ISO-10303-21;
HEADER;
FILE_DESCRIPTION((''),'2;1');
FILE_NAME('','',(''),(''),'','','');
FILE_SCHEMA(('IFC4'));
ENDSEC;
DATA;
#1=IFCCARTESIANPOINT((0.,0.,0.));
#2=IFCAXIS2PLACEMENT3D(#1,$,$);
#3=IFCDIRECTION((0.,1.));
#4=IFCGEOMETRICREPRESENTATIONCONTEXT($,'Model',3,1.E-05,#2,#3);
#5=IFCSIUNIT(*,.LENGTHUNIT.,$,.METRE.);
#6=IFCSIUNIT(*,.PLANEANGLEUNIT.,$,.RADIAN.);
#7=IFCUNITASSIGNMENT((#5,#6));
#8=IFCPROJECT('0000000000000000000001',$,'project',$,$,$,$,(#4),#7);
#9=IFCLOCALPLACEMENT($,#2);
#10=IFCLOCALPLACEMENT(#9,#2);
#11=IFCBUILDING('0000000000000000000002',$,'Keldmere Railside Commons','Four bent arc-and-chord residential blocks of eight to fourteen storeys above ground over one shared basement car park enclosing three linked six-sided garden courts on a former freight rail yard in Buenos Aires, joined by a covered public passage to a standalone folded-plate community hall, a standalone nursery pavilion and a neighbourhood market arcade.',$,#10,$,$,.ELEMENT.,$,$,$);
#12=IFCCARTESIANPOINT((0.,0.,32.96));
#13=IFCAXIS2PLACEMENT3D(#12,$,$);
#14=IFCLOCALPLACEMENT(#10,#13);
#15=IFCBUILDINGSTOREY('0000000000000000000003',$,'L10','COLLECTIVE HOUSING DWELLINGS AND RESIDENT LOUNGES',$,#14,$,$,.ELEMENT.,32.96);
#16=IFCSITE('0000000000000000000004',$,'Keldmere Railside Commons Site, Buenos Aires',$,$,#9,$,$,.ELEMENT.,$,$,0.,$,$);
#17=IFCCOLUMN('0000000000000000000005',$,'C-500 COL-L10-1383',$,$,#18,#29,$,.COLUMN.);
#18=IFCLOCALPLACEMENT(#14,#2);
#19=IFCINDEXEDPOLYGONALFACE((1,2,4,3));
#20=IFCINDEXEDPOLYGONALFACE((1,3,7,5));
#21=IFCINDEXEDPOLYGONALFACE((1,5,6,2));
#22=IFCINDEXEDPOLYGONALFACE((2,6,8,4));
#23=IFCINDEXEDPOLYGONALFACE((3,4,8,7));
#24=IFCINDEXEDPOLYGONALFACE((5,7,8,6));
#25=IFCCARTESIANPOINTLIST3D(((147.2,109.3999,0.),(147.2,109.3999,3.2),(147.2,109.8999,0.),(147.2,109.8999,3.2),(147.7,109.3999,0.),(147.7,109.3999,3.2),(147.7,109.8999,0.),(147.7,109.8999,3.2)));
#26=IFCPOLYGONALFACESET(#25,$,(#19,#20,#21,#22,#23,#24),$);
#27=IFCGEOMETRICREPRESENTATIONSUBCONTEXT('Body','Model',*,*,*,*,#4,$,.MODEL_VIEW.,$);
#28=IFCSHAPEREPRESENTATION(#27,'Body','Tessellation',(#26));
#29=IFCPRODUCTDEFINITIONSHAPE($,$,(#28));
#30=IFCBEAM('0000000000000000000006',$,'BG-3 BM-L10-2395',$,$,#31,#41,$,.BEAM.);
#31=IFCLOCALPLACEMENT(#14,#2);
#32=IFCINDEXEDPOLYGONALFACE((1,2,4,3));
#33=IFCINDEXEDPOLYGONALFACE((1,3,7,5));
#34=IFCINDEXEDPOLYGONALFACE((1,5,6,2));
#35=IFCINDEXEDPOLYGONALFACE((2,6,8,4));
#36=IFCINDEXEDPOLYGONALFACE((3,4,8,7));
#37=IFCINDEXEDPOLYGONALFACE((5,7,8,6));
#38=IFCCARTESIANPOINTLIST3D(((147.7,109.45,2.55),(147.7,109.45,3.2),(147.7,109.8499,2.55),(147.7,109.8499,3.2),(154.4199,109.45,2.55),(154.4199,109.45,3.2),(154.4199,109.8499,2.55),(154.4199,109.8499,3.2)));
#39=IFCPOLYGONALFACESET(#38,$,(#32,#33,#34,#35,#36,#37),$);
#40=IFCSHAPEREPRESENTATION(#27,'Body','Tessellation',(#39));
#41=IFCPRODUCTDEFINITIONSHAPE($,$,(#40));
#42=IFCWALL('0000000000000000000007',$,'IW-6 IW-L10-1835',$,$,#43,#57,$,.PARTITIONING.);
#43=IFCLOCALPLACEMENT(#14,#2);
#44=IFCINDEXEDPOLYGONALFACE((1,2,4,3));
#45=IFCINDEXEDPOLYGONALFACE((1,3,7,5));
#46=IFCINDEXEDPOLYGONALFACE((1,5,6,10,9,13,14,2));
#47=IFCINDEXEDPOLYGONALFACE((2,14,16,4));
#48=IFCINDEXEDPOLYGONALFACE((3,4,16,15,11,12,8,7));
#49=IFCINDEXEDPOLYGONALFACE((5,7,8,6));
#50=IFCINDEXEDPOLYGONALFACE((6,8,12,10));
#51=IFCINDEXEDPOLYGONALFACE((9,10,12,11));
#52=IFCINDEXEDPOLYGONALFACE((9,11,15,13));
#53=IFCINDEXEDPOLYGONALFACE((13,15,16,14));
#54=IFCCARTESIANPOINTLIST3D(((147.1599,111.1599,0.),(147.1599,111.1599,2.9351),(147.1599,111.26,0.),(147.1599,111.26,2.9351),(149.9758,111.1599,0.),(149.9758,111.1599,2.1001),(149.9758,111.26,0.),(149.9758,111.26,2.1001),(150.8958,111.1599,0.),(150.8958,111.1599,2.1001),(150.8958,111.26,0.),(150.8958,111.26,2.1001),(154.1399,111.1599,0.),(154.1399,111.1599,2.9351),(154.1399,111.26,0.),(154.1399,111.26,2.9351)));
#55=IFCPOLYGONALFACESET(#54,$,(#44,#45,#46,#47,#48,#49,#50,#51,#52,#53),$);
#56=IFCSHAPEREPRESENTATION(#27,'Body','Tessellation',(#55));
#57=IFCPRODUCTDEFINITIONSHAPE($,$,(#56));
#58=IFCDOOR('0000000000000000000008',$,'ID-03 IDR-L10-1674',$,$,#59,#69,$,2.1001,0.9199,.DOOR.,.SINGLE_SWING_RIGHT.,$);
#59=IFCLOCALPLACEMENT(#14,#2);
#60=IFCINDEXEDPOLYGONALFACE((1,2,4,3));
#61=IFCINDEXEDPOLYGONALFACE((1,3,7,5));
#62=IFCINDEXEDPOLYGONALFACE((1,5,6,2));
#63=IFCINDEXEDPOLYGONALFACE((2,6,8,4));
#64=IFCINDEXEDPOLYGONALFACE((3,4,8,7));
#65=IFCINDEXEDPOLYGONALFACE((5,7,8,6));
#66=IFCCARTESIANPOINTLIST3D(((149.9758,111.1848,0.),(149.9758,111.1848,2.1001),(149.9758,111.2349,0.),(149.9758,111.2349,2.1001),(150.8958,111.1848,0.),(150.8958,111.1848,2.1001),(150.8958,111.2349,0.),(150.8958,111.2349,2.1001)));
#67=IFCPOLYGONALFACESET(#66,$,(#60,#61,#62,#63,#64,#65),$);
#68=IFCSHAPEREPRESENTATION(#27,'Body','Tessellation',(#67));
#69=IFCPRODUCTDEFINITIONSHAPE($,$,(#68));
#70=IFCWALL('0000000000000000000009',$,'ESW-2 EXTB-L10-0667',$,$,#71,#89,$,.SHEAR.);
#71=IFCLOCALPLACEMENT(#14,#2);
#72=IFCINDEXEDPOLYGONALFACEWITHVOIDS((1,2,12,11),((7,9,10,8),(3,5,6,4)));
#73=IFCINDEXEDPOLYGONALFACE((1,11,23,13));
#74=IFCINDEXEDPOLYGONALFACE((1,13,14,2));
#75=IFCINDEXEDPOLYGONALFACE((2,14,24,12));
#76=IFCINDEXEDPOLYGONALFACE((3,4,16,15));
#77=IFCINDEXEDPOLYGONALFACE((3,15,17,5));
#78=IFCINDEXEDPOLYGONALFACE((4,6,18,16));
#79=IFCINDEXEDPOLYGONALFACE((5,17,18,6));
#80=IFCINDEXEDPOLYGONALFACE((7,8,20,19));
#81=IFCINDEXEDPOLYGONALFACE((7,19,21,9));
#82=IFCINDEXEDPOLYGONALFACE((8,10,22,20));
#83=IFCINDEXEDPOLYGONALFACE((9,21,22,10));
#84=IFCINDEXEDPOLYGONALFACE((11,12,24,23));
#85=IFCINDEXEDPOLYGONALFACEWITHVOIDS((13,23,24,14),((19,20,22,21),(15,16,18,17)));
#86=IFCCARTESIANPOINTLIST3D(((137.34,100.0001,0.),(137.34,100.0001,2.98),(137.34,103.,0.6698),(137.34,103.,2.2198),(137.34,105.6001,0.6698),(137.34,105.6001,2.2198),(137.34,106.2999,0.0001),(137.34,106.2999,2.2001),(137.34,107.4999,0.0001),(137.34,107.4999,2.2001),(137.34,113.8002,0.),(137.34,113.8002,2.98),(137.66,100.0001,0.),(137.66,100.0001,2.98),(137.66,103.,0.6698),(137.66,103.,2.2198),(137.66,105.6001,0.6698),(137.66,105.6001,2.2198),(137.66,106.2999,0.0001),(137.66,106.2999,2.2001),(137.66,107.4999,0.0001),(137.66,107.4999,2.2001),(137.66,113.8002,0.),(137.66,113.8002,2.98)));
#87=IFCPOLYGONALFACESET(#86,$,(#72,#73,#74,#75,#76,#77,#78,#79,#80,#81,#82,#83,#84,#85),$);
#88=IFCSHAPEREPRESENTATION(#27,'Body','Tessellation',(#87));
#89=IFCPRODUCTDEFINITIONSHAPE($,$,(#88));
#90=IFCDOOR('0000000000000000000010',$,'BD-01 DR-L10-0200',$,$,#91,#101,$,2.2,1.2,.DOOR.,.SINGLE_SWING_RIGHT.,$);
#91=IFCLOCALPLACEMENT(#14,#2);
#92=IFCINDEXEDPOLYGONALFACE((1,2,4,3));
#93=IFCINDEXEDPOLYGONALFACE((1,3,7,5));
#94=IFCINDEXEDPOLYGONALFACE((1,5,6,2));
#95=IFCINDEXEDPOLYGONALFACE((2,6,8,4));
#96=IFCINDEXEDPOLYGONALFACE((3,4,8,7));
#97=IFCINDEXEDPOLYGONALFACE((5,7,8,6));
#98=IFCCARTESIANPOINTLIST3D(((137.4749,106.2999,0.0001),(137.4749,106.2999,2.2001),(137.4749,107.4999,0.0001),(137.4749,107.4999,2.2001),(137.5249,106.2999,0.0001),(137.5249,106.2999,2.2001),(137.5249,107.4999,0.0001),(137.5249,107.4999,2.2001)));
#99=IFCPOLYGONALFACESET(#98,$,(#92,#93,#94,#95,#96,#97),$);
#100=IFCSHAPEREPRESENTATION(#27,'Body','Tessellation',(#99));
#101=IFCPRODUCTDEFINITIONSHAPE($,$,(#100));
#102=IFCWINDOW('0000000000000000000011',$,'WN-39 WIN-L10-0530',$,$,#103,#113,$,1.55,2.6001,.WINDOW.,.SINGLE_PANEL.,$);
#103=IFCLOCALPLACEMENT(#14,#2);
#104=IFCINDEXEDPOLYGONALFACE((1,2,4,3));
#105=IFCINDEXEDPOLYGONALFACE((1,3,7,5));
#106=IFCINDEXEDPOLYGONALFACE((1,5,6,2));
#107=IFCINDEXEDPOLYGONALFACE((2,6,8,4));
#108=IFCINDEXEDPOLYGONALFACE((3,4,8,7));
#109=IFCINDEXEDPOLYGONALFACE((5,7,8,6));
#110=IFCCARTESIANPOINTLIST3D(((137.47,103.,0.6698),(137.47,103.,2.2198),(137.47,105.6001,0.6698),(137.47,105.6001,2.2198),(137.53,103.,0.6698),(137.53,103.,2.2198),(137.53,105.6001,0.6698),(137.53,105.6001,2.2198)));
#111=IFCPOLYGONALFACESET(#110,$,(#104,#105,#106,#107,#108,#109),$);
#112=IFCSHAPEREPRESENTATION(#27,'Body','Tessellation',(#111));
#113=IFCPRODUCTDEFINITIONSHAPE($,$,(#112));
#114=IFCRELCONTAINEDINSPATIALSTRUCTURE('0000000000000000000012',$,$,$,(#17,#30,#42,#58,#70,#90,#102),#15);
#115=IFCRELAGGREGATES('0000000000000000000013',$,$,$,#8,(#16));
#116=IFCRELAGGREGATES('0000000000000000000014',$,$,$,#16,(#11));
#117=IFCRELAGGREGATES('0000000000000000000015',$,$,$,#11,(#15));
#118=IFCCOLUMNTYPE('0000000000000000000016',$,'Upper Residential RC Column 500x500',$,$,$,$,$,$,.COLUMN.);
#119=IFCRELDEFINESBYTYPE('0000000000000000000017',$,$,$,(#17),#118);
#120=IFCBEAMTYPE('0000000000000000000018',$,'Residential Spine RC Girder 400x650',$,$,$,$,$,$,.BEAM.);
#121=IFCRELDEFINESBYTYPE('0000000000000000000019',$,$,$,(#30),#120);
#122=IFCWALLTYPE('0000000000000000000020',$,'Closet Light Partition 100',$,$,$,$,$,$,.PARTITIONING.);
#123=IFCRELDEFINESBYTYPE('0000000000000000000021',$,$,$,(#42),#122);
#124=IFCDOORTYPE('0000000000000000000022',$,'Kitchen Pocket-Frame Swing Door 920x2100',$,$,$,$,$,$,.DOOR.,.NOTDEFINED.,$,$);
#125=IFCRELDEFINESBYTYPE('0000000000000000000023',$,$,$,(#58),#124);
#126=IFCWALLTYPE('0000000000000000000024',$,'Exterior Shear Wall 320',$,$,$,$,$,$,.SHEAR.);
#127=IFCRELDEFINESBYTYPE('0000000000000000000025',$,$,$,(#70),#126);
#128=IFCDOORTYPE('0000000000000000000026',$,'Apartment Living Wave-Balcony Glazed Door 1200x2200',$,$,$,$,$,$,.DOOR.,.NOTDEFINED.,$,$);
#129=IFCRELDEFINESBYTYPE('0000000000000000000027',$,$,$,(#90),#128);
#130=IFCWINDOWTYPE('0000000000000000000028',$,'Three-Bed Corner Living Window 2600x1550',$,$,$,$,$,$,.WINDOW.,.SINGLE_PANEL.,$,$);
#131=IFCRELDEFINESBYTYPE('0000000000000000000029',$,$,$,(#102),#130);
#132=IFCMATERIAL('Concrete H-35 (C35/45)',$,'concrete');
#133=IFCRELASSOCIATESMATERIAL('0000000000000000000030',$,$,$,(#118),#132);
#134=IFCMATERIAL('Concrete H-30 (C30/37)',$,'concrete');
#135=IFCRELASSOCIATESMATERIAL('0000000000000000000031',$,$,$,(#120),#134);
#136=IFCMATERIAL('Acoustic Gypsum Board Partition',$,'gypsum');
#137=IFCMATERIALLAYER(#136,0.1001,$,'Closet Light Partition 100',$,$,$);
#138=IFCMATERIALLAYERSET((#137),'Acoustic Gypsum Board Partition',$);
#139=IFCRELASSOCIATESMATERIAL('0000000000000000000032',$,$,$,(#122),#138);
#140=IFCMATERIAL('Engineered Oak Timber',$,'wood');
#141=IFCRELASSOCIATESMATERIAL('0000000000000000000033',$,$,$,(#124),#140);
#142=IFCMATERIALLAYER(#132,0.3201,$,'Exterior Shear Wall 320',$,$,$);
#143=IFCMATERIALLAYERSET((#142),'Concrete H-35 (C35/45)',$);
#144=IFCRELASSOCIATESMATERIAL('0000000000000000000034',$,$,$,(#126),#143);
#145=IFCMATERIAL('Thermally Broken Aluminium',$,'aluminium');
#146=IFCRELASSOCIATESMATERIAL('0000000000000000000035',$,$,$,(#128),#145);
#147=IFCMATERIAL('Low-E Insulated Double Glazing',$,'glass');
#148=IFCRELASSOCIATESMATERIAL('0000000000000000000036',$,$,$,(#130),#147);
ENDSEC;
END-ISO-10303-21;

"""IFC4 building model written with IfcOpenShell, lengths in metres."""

from ifc_helpers import new_model, si_unit, direction, frame, frame_2d, origin, origin_2d, place, context, subcontext, project, spatial, rectangle, extrude, material, layer, layer_set, material_profile, profile_set, type_object, element, fill, save


model = new_model("IFC4")

# Units and contexts
model_context = context("Model", 3, precision=1e-05, world=origin(), true_north=direction((0.0, 1.0)))
body_context = subcontext(model_context, "Body", "Model", "MODEL_VIEW")
ifc_project = project(units=[si_unit("LENGTHUNIT", "METRE"), si_unit("PLANEANGLEUNIT", "RADIAN")], contexts=[model_context])

# Site, building, storey
site_placement = place(None, origin())
site = spatial("IfcSite", under=ifc_project, at=site_placement, Name="Keldmere Railside Commons Site, Buenos Aires", CompositionType="ELEMENT", RefElevation=0.0)
building_placement = place(site_placement, origin())
building = spatial("IfcBuilding", under=site, at=building_placement, Name="Keldmere Railside Commons", Description="Four bent arc-and-chord residential blocks of eight to fourteen storeys above ground over one shared basement car park enclosing three linked six-sided garden courts on a former freight rail yard in Buenos Aires, joined by a covered public passage to a standalone folded-plate community hall, a standalone nursery pavilion and a neighbourhood market arcade.", CompositionType="ELEMENT")
storey_placement = place(building_placement, frame((0.0, 0.0, 32.96)))
storey = spatial("IfcBuildingStorey", under=building, at=storey_placement, Name="L10", Description="COLLECTIVE HOUSING DWELLINGS AND RESIDENT LOUNGES", CompositionType="ELEMENT", Elevation=32.96)

# Column
ifc_material_1 = material(Name="Concrete H-35 (C35/45)", Category="concrete")
ifc_material_profile_1 = material_profile(ifc_material_1, rectangle(XDim=0.5, YDim=0.5, at=origin_2d()), Name="RC-500x500")
ifc_profile_set_1 = profile_set([ifc_material_profile_1], Name="Concrete H-35 (C35/45)")
column_type = type_object("IfcColumnType", Name="Upper Residential RC Column 500x500", PredefinedType="COLUMN", material=ifc_profile_set_1)
column_placement = place(storey_placement, frame((147.45, 109.6499, 0.0), z_axis=(0.0, 0.0, 1.0), x_axis=(1.0, 0.0, 0.0)))
element("IfcColumn", 1, at=column_placement, inside=storey, type_object=column_type, Name="C-500 COL-L10-1383", PredefinedType="COLUMN", context=body_context, shape_type="SweptSolid", body=[
    extrude(rectangle(XDim=0.5, YDim=0.5, at=origin_2d()), origin(), (0.0, 0.0, 1.0), 3.2),
])

# Beam
ifc_material_2 = material(Name="Concrete H-30 (C30/37)", Category="concrete")
ifc_material_profile_2 = material_profile(ifc_material_2, rectangle(XDim=0.3999, YDim=0.6499, at=origin_2d()), Name="RC-400x650")
ifc_profile_set_2 = profile_set([ifc_material_profile_2], Name="Concrete H-30 (C30/37)")
beam_type = type_object("IfcBeamType", Name="Residential Spine RC Girder 400x650", PredefinedType="BEAM", material=ifc_profile_set_2)
beam_placement = place(storey_placement, frame((147.7, 109.6499, 2.875), z_axis=(1.0, 0.0, 0.0), x_axis=(0.0, 1.0, 0.0)))
element("IfcBeam", 2, at=beam_placement, inside=storey, type_object=beam_type, Name="BG-3 BM-L10-2395", PredefinedType="BEAM", context=body_context, shape_type="SweptSolid", body=[
    extrude(rectangle(XDim=0.3999, YDim=0.6499, at=origin_2d()), origin(), (0.0, 0.0, 1.0), 6.72),
])

# Wall, opening, door
ifc_material_3 = material(Name="Acoustic Gypsum Board Partition", Category="gypsum")
ifc_layer_1 = layer(ifc_material_3, 0.1001, Name="Closet Light Partition 100")
ifc_layer_set_1 = layer_set([ifc_layer_1], Name="Acoustic Gypsum Board Partition")
wall_type_1 = type_object("IfcWallType", Name="Closet Light Partition 100", PredefinedType="PARTITIONING", material=ifc_layer_set_1)
wall_1_placement = place(storey_placement, frame((147.1599, 111.21, 0.0), z_axis=(0.0, 0.0, 1.0), x_axis=(1.0, 0.0, 0.0)))
wall_1 = element("IfcWall", 3, at=wall_1_placement, inside=storey, type_object=wall_type_1, Name="IW-6 IW-L10-1835", PredefinedType="PARTITIONING", context=body_context, shape_type="SweptSolid", body=[
    extrude(rectangle(XDim=6.98, YDim=0.1001, at=frame_2d((3.49, 0.0))), origin(), (0.0, 0.0, 1.0), 2.9351),
])
opening_1_placement = place(wall_1_placement, frame((2.8159, 0.0, 0.0)))
opening_1 = element("IfcOpeningElement", 4, at=opening_1_placement, cuts=wall_1, PredefinedType="OPENING", context=body_context, shape_type="SweptSolid", body=[
    extrude(rectangle(XDim=0.9199, YDim=2.1001, at=frame_2d((0.46, 1.05))), frame((0.0, 0.0601, 0.0), z_axis=(0.0, -1.0, 0.0), x_axis=(1.0, 0.0, 0.0)), (0.0, 0.0, 1.0), 0.1201),
])
ifc_material_4 = material(Name="Engineered Oak Timber", Category="wood")
door_type_1 = type_object("IfcDoorType", Name="Kitchen Pocket-Frame Swing Door 920x2100", OperationType="NOTDEFINED", PredefinedType="DOOR", material=ifc_material_4)
door_1_placement = place(opening_1_placement, origin())
door_1 = element("IfcDoor", 5, at=door_1_placement, inside=storey, type_object=door_type_1, Name="ID-03 IDR-L10-1674", OperationType="SINGLE_SWING_RIGHT", OverallHeight=2.1001, OverallWidth=0.9199, PredefinedType="DOOR", context=body_context, shape_type="SweptSolid", body=[
    extrude(rectangle(XDim=0.9199, YDim=2.1001, at=frame_2d((0.46, 1.05))), frame((0.0, 0.0249, 0.0), z_axis=(0.0, -1.0, 0.0), x_axis=(1.0, 0.0, 0.0)), (0.0, 0.0, 1.0), 0.05),
])
fill(opening_1, door_1)

# Wall, openings, door, window
ifc_layer_2 = layer(ifc_material_1, 0.3201, Name="Exterior Shear Wall 320")
ifc_layer_set_2 = layer_set([ifc_layer_2], Name="Concrete H-35 (C35/45)")
wall_type_2 = type_object("IfcWallType", Name="Exterior Shear Wall 320", PredefinedType="SHEAR", material=ifc_layer_set_2)
wall_2_placement = place(storey_placement, frame((137.5, 113.8, 0.0), z_axis=(0.0, 0.0, 1.0), x_axis=(0.0, -1.0, 0.0)))
wall_2 = element("IfcWall", 6, at=wall_2_placement, inside=storey, type_object=wall_type_2, Name="ESW-2 EXTB-L10-0667", PredefinedType="SHEAR", context=body_context, shape_type="SweptSolid", body=[
    extrude(rectangle(XDim=13.8, YDim=0.3201, at=frame_2d((6.8999, 0.0))), origin(), (0.0, 0.0, 1.0), 2.98),
])
opening_2_placement = place(wall_2_placement, frame((6.3, 0.0, 0.0)))
opening_2 = element("IfcOpeningElement", 7, at=opening_2_placement, cuts=wall_2, PredefinedType="OPENING", context=body_context, shape_type="SweptSolid", body=[
    extrude(rectangle(XDim=1.2, YDim=2.2, at=frame_2d((0.6001, 1.1001))), frame((0.0, 0.1699, 0.0), z_axis=(0.0, -1.0, 0.0), x_axis=(1.0, 0.0, 0.0)), (0.0, 0.0, 1.0), 0.3401),
])
opening_3_placement = place(wall_2_placement, frame((8.2, 0.0, 0.6699)))
opening_3 = element("IfcOpeningElement", 8, at=opening_3_placement, cuts=wall_2, PredefinedType="OPENING", context=body_context, shape_type="SweptSolid", body=[
    extrude(rectangle(XDim=2.6001, YDim=1.55, at=frame_2d((1.3, 0.7749))), frame((0.0, 0.1699, 0.0), z_axis=(0.0, -1.0, 0.0), x_axis=(1.0, 0.0, 0.0)), (0.0, 0.0, 1.0), 0.3401),
])
ifc_material_5 = material(Name="Thermally Broken Aluminium", Category="aluminium")
door_type_2 = type_object("IfcDoorType", Name="Apartment Living Wave-Balcony Glazed Door 1200x2200", OperationType="NOTDEFINED", PredefinedType="DOOR", material=ifc_material_5)
door_2_placement = place(opening_2_placement, origin())
door_2 = element("IfcDoor", 9, at=door_2_placement, inside=storey, type_object=door_type_2, Name="BD-01 DR-L10-0200", OperationType="SINGLE_SWING_RIGHT", OverallHeight=2.2, OverallWidth=1.2, PredefinedType="DOOR", context=body_context, shape_type="SweptSolid", body=[
    extrude(rectangle(XDim=1.2, YDim=2.2, at=frame_2d((0.6001, 1.1001))), frame((0.0, 0.0249, 0.0), z_axis=(0.0, -1.0, 0.0), x_axis=(1.0, 0.0, 0.0)), (0.0, 0.0, 1.0), 0.05),
])
fill(opening_2, door_2)
ifc_material_6 = material(Name="Low-E Insulated Double Glazing", Category="glass")
window_type_1 = type_object("IfcWindowType", Name="Three-Bed Corner Living Window 2600x1550", PartitioningType="SINGLE_PANEL", PredefinedType="WINDOW", material=ifc_material_6)
window_1_placement = place(opening_3_placement, origin())
window_1 = element("IfcWindow", 10, at=window_1_placement, inside=storey, type_object=window_type_1, Name="WN-39 WIN-L10-0530", OverallHeight=1.55, OverallWidth=2.6001, PartitioningType="SINGLE_PANEL", PredefinedType="WINDOW", context=body_context, shape_type="SweptSolid", body=[
    extrude(rectangle(XDim=2.6001, YDim=1.55, at=frame_2d((1.3, 0.7749))), frame((0.0, 0.03, 0.0), z_axis=(0.0, -1.0, 0.0), x_axis=(1.0, 0.0, 0.0)), (0.0, 0.0, 1.0), 0.0601),
])
fill(opening_3, window_1)

save(model, "model.ifc")
